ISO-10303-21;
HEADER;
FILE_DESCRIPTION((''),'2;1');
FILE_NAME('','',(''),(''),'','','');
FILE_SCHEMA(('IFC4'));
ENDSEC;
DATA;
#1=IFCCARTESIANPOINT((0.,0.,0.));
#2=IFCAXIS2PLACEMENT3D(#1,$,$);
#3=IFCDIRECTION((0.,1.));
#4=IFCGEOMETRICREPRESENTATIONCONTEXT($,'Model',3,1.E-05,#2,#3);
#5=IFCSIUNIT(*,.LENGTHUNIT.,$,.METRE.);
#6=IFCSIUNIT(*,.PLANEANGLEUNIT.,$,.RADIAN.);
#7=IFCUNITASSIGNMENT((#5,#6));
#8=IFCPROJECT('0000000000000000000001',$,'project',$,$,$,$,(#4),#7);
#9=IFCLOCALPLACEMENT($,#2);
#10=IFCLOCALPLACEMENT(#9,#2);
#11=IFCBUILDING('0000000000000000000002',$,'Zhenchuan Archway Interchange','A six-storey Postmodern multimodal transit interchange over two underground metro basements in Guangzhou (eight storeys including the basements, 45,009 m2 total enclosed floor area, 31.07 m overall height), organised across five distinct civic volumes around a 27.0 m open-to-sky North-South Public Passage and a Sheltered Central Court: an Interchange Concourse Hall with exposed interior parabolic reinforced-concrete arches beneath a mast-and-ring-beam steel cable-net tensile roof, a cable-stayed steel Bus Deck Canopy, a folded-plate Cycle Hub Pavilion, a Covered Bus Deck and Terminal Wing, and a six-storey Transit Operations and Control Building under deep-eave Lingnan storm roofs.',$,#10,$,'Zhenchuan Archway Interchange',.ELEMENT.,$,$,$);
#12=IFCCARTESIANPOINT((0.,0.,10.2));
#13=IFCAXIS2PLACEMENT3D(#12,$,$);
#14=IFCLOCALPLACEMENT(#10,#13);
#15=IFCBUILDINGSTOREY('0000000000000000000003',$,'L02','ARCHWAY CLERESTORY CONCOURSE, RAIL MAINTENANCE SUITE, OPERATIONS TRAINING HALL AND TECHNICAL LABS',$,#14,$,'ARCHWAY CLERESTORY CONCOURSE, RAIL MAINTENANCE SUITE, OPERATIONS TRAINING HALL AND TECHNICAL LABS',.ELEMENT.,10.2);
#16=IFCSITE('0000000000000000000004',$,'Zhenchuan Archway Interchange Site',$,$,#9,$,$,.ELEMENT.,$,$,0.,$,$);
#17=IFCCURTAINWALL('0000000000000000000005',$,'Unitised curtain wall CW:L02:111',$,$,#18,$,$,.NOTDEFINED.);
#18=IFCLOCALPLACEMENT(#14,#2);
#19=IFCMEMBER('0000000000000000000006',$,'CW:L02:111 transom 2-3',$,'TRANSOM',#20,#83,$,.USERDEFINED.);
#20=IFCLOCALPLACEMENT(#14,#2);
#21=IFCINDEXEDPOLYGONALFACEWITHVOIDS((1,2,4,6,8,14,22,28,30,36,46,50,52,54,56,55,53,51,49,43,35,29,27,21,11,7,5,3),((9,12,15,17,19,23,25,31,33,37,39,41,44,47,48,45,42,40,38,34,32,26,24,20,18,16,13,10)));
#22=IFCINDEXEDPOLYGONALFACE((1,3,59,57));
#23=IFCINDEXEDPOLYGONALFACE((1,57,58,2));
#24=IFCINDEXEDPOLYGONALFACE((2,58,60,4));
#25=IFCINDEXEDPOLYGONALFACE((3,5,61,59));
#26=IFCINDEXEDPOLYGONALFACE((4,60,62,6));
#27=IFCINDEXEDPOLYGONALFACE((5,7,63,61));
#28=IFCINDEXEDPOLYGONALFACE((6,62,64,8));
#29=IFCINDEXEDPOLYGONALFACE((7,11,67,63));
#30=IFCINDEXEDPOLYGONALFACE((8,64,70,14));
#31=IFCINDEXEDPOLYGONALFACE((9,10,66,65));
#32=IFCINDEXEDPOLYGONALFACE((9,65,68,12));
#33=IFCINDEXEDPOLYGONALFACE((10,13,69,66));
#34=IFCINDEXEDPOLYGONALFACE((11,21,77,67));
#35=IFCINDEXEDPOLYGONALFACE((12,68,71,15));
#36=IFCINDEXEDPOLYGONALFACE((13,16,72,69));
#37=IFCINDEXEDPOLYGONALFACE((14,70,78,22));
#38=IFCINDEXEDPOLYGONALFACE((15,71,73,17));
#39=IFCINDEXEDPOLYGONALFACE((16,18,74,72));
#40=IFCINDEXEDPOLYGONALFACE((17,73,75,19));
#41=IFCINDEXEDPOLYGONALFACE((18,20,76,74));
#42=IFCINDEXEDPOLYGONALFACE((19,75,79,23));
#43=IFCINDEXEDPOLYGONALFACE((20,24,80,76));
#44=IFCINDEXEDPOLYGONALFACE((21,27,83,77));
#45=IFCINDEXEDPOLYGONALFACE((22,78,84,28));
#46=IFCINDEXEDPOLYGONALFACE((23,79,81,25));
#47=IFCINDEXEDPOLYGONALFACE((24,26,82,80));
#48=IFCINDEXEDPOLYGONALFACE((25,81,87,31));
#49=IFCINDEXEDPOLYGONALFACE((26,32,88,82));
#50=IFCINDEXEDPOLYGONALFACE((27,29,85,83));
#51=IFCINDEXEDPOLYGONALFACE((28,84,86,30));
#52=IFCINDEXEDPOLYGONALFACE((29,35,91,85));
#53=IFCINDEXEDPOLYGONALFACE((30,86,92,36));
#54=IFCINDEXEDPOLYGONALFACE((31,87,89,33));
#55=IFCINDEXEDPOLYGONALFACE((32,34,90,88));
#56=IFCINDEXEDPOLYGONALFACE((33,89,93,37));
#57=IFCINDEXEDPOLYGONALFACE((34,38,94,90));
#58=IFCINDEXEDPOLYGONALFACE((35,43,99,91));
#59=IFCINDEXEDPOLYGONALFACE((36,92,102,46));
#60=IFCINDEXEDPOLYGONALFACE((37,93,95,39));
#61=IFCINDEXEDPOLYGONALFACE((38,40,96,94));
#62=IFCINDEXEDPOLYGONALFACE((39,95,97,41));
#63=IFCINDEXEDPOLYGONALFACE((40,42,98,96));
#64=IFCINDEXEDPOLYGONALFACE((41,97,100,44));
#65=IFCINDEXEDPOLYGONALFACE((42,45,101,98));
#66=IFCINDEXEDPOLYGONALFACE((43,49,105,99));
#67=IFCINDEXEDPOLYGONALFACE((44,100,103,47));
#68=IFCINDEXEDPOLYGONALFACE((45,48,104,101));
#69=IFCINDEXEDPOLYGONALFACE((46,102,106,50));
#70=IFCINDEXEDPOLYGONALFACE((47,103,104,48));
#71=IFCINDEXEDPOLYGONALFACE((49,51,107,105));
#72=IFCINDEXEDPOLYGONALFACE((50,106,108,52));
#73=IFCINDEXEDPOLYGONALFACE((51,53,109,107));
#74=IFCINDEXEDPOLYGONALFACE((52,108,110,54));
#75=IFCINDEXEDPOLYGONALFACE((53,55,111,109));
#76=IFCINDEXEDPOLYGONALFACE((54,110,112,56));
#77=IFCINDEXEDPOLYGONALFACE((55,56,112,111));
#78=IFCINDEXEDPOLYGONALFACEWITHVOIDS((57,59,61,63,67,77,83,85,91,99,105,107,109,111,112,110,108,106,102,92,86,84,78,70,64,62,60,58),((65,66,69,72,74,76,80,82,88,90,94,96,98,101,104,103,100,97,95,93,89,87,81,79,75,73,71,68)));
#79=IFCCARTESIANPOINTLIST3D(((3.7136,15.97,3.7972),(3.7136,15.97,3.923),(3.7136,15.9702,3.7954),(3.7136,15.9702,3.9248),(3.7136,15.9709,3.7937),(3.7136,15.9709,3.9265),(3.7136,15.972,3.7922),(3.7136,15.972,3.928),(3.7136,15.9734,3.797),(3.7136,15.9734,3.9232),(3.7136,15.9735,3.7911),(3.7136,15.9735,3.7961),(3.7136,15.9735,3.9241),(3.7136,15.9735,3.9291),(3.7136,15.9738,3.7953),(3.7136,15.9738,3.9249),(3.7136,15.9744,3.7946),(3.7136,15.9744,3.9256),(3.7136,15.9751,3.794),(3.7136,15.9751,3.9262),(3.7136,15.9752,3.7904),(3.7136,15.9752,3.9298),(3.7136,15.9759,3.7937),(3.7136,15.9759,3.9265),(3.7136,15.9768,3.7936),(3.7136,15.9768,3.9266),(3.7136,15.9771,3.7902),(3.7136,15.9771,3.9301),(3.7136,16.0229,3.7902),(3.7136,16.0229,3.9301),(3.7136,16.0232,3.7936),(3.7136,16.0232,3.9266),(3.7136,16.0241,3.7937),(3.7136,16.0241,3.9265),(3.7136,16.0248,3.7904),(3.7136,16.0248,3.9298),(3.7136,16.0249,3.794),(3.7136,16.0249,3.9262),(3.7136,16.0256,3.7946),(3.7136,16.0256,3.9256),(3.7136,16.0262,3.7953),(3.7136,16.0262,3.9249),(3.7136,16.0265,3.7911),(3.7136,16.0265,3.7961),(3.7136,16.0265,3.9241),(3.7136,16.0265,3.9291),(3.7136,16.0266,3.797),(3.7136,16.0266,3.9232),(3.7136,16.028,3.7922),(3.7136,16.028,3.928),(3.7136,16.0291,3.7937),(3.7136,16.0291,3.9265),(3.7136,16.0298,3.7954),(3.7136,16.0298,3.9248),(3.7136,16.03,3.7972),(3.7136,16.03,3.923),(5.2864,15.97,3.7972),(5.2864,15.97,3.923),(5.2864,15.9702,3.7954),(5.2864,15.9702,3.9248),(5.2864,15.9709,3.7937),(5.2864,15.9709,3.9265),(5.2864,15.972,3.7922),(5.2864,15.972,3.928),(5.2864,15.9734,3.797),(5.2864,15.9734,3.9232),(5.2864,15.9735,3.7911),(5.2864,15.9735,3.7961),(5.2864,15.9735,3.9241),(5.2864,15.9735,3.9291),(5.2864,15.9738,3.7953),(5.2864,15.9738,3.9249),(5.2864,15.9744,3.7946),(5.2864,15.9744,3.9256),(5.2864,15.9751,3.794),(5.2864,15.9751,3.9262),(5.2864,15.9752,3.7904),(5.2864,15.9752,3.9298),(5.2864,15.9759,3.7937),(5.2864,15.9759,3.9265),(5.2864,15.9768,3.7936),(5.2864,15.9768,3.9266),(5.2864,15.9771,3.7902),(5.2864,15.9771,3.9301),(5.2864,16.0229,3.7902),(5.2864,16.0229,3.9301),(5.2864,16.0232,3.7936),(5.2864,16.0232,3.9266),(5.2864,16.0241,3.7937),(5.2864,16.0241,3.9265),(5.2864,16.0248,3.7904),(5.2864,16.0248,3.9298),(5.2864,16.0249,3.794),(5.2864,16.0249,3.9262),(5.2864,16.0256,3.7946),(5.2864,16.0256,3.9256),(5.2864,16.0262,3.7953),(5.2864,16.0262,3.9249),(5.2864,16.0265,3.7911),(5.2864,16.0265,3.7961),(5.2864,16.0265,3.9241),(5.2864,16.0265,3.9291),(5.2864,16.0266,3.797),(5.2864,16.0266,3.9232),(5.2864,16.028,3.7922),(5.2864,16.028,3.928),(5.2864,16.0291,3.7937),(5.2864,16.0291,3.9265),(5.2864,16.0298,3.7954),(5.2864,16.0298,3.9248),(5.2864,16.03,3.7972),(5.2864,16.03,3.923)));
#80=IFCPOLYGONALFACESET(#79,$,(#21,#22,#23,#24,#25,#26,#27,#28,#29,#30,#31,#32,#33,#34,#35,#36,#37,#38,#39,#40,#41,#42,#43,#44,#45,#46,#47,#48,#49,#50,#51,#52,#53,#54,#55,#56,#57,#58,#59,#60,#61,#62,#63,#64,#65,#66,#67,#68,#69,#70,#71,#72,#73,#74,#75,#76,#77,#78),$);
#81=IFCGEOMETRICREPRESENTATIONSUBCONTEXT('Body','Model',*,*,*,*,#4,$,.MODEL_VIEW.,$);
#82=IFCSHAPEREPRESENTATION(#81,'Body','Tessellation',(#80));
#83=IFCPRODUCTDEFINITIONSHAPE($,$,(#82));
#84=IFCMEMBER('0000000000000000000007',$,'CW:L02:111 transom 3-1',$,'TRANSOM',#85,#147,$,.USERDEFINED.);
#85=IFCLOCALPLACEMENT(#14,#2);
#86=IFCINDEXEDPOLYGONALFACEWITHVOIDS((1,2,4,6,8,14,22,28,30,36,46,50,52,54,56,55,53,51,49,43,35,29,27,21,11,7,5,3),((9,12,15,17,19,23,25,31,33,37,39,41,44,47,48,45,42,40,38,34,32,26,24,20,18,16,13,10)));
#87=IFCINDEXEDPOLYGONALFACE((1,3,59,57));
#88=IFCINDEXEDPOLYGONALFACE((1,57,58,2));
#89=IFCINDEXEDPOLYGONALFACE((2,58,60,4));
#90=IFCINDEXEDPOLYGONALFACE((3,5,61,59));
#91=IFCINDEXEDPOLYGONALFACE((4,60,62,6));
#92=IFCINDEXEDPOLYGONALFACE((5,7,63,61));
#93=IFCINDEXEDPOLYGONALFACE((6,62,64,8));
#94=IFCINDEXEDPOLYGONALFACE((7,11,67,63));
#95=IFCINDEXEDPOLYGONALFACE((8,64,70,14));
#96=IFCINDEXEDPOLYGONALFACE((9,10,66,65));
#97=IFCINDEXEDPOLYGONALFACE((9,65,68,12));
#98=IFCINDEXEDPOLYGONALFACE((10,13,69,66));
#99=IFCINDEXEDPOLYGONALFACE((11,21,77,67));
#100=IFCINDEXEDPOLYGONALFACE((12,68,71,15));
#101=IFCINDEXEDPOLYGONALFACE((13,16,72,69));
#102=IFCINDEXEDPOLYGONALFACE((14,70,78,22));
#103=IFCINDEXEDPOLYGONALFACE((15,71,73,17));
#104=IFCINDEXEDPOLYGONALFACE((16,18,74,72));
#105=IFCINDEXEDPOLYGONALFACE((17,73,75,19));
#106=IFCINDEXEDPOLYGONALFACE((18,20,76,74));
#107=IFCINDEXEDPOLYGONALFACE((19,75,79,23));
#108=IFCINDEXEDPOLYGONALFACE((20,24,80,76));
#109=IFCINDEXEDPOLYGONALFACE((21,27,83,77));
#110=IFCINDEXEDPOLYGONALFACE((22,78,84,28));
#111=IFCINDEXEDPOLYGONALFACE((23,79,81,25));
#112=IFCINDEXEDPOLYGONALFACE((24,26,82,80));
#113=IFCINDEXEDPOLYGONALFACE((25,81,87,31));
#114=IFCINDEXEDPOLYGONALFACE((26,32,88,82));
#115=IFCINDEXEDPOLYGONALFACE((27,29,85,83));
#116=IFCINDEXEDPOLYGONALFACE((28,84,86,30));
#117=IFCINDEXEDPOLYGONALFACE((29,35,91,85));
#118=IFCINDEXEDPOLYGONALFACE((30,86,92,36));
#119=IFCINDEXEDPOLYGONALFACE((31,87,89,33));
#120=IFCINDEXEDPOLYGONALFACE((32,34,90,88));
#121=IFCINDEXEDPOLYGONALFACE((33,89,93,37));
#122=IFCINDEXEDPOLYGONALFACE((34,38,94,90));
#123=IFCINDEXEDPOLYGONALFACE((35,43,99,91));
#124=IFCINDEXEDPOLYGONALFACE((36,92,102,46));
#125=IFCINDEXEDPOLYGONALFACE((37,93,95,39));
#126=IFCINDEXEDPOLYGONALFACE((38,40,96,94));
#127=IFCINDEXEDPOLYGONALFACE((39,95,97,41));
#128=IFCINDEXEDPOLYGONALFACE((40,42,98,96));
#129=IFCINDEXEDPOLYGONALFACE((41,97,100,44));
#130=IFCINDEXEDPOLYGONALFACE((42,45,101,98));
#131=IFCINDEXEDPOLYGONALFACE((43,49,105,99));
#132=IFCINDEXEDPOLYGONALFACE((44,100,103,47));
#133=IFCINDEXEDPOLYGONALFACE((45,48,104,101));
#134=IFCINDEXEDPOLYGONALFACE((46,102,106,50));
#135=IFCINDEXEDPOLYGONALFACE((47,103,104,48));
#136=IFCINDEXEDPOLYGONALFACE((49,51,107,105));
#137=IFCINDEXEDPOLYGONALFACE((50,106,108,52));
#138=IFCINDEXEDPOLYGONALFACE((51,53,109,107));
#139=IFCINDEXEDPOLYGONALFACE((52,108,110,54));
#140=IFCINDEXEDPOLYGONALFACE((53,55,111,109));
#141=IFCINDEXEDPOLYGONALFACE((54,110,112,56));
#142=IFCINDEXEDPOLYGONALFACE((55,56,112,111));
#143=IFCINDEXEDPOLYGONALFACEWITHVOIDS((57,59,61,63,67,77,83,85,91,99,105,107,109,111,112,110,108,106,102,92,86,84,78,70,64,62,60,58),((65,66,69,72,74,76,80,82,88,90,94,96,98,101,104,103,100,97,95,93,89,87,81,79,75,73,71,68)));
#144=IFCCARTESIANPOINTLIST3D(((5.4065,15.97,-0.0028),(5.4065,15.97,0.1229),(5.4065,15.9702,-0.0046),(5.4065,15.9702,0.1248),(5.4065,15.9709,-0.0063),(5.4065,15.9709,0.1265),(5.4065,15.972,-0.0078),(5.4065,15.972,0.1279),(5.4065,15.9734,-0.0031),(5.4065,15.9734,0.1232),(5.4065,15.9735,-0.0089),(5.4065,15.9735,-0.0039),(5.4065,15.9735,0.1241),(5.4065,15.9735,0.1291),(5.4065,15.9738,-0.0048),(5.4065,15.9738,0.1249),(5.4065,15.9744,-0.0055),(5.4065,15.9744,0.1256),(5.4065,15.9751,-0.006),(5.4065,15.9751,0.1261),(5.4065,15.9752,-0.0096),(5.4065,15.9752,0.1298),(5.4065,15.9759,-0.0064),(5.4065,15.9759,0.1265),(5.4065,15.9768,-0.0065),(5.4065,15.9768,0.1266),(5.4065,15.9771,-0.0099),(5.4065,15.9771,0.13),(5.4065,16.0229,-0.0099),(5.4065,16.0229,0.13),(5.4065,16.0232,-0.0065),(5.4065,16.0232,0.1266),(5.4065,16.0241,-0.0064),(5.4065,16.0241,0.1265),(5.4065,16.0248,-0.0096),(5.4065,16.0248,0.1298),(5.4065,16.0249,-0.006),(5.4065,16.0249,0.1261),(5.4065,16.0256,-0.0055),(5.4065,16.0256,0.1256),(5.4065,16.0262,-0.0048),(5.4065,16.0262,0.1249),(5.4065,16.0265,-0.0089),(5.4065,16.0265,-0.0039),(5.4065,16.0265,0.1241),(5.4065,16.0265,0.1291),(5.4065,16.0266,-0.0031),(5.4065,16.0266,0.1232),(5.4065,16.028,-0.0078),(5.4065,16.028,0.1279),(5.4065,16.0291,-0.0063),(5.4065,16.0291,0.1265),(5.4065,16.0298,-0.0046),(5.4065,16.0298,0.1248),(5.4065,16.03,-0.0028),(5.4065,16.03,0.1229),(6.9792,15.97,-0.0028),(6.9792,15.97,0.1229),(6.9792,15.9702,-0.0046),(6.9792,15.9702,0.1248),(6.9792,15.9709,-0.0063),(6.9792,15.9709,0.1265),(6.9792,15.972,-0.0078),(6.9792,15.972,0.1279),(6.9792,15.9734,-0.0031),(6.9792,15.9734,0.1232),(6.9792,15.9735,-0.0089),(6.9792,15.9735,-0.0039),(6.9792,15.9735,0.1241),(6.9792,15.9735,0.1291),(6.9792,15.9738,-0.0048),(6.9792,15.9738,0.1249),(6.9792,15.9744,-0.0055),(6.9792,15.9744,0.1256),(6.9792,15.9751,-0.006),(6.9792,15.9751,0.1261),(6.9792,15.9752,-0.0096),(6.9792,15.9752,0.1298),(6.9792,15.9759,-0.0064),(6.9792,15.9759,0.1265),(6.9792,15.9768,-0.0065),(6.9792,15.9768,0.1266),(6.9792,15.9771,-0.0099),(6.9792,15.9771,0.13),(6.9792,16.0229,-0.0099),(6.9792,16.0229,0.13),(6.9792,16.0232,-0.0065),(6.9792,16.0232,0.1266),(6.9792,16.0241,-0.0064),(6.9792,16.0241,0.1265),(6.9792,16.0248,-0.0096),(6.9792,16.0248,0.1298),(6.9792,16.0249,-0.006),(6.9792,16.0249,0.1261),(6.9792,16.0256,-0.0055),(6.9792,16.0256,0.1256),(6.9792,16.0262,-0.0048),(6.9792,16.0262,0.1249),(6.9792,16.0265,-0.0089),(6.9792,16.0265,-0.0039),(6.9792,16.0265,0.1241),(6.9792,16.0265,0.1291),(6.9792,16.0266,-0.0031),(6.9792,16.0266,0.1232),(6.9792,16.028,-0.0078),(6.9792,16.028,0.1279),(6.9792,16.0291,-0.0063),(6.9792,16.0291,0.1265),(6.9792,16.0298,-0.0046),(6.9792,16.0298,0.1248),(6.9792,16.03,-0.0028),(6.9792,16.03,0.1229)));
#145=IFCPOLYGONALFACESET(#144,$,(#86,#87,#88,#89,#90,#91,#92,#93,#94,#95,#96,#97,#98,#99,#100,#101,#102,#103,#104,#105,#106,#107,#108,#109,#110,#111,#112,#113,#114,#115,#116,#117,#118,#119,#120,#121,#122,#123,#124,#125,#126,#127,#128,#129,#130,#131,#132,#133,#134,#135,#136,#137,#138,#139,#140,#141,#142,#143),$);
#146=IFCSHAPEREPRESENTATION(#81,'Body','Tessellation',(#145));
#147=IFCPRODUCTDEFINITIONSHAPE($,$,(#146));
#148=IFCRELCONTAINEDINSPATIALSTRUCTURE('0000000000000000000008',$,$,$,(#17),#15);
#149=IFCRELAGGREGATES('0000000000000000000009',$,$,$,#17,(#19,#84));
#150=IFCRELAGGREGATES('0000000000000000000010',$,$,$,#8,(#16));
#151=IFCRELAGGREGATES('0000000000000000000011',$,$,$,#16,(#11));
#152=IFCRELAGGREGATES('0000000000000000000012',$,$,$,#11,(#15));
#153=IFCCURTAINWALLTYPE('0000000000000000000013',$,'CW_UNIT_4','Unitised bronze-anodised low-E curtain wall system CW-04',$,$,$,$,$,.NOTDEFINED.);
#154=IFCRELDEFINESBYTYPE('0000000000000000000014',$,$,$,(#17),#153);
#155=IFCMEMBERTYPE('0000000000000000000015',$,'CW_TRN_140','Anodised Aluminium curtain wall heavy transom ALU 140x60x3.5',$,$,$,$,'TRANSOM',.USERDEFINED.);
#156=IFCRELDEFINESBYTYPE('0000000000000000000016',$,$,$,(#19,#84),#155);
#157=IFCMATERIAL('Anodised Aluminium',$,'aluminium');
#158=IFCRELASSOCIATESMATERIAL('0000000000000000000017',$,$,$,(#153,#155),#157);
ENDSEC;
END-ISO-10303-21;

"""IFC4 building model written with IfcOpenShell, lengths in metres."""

from ifc_helpers import new_model, si_unit, direction, frame, origin, origin_2d, place, context, subcontext, project, spatial, hollow_rectangle, extrude, material, material_profile, profile_set, type_object, element, aggregate, save


model = new_model("IFC4")

# Units and contexts
model_context = context("Model", 3, precision=1e-05, world=origin(), true_north=direction((0.0, 1.0)))
body_context = subcontext(model_context, "Body", "Model", "MODEL_VIEW")
ifc_project = project(units=[si_unit("LENGTHUNIT", "METRE"), si_unit("PLANEANGLEUNIT", "RADIAN")], contexts=[model_context])

# Site, building, storey
site_placement = place(None, origin())
site = spatial("IfcSite", under=ifc_project, at=site_placement, Name="Zhenchuan Archway Interchange Site", CompositionType="ELEMENT", RefElevation=0.0)
building_placement = place(site_placement, origin())
building = spatial("IfcBuilding", under=site, at=building_placement, Name="Zhenchuan Archway Interchange", Description="A six-storey Postmodern multimodal transit interchange over two underground metro basements in Guangzhou (eight storeys including the basements, 45,009 m2 total enclosed floor area, 31.07 m overall height), organised across five distinct civic volumes around a 27.0 m open-to-sky North-South Public Passage and a Sheltered Central Court: an Interchange Concourse Hall with exposed interior parabolic reinforced-concrete arches beneath a mast-and-ring-beam steel cable-net tensile roof, a cable-stayed steel Bus Deck Canopy, a folded-plate Cycle Hub Pavilion, a Covered Bus Deck and Terminal Wing, and a six-storey Transit Operations and Control Building under deep-eave Lingnan storm roofs.", LongName="Zhenchuan Archway Interchange", CompositionType="ELEMENT")
storey_placement = place(building_placement, frame((0.0, 0.0, 10.2)))
storey = spatial("IfcBuildingStorey", under=building, at=storey_placement, Name="L02", Description="ARCHWAY CLERESTORY CONCOURSE, RAIL MAINTENANCE SUITE, OPERATIONS TRAINING HALL AND TECHNICAL LABS", LongName="ARCHWAY CLERESTORY CONCOURSE, RAIL MAINTENANCE SUITE, OPERATIONS TRAINING HALL AND TECHNICAL LABS", CompositionType="ELEMENT", Elevation=10.2)

# Curtain wall, members
ifc_material_1 = material(Name="Anodised Aluminium", Category="aluminium")
curtain_wall_type = type_object("IfcCurtainWallType", Name="CW_UNIT_4", Description="Unitised bronze-anodised low-E curtain wall system CW-04", PredefinedType="NOTDEFINED", material=ifc_material_1)
curtain_wall_placement = place(storey_placement, origin())
curtain_wall = element("IfcCurtainWall", 1, at=curtain_wall_placement, inside=storey, type_object=curtain_wall_type, Name="Unitised curtain wall CW:L02:111", PredefinedType="NOTDEFINED")
ifc_material_profile_1 = material_profile(ifc_material_1, hollow_rectangle(XDim=0.0601, YDim=0.1399, WallThickness=0.0034, InnerFilletRadius=0.0034, OuterFilletRadius=0.0071, at=origin_2d()), Name="ALU 140x60x3.5")
ifc_profile_set_1 = profile_set([ifc_material_profile_1], Name="Anodised Aluminium")
member_type_1 = type_object("IfcMemberType", Name="CW_TRN_140", Description="Anodised Aluminium curtain wall heavy transom ALU 140x60x3.5", ElementType="TRANSOM", PredefinedType="USERDEFINED", material=ifc_profile_set_1)
member_1_placement = place(storey_placement, frame((3.7136, 16.0, 3.8601), z_axis=(1.0, 0.0, 0.0), x_axis=(0.0, 1.0, 0.0)))
member_1 = element("IfcMember", 2, at=member_1_placement, type_object=member_type_1, Name="CW:L02:111 transom 2-3", ObjectType="TRANSOM", PredefinedType="USERDEFINED", context=body_context, shape_type="SweptSolid", body=[
    extrude(hollow_rectangle(XDim=0.0601, YDim=0.1399, WallThickness=0.0034, InnerFilletRadius=0.0034, OuterFilletRadius=0.0071, at=origin_2d()), origin(), (0.0, 0.0, 1.0), 1.5728),
])
member_2_placement = place(storey_placement, frame((5.4065, 16.0, 0.0601), z_axis=(1.0, 0.0, 0.0), x_axis=(0.0, 1.0, 0.0)))
member_2 = element("IfcMember", 3, at=member_2_placement, type_object=member_type_1, Name="CW:L02:111 transom 3-1", ObjectType="TRANSOM", PredefinedType="USERDEFINED", context=body_context, shape_type="SweptSolid", body=[
    extrude(hollow_rectangle(XDim=0.0601, YDim=0.1399, WallThickness=0.0034, InnerFilletRadius=0.0034, OuterFilletRadius=0.0071, at=origin_2d()), origin(), (0.0, 0.0, 1.0), 1.5728),
])

aggregate(curtain_wall, [member_1, member_2])

save(model, "model.ifc")
